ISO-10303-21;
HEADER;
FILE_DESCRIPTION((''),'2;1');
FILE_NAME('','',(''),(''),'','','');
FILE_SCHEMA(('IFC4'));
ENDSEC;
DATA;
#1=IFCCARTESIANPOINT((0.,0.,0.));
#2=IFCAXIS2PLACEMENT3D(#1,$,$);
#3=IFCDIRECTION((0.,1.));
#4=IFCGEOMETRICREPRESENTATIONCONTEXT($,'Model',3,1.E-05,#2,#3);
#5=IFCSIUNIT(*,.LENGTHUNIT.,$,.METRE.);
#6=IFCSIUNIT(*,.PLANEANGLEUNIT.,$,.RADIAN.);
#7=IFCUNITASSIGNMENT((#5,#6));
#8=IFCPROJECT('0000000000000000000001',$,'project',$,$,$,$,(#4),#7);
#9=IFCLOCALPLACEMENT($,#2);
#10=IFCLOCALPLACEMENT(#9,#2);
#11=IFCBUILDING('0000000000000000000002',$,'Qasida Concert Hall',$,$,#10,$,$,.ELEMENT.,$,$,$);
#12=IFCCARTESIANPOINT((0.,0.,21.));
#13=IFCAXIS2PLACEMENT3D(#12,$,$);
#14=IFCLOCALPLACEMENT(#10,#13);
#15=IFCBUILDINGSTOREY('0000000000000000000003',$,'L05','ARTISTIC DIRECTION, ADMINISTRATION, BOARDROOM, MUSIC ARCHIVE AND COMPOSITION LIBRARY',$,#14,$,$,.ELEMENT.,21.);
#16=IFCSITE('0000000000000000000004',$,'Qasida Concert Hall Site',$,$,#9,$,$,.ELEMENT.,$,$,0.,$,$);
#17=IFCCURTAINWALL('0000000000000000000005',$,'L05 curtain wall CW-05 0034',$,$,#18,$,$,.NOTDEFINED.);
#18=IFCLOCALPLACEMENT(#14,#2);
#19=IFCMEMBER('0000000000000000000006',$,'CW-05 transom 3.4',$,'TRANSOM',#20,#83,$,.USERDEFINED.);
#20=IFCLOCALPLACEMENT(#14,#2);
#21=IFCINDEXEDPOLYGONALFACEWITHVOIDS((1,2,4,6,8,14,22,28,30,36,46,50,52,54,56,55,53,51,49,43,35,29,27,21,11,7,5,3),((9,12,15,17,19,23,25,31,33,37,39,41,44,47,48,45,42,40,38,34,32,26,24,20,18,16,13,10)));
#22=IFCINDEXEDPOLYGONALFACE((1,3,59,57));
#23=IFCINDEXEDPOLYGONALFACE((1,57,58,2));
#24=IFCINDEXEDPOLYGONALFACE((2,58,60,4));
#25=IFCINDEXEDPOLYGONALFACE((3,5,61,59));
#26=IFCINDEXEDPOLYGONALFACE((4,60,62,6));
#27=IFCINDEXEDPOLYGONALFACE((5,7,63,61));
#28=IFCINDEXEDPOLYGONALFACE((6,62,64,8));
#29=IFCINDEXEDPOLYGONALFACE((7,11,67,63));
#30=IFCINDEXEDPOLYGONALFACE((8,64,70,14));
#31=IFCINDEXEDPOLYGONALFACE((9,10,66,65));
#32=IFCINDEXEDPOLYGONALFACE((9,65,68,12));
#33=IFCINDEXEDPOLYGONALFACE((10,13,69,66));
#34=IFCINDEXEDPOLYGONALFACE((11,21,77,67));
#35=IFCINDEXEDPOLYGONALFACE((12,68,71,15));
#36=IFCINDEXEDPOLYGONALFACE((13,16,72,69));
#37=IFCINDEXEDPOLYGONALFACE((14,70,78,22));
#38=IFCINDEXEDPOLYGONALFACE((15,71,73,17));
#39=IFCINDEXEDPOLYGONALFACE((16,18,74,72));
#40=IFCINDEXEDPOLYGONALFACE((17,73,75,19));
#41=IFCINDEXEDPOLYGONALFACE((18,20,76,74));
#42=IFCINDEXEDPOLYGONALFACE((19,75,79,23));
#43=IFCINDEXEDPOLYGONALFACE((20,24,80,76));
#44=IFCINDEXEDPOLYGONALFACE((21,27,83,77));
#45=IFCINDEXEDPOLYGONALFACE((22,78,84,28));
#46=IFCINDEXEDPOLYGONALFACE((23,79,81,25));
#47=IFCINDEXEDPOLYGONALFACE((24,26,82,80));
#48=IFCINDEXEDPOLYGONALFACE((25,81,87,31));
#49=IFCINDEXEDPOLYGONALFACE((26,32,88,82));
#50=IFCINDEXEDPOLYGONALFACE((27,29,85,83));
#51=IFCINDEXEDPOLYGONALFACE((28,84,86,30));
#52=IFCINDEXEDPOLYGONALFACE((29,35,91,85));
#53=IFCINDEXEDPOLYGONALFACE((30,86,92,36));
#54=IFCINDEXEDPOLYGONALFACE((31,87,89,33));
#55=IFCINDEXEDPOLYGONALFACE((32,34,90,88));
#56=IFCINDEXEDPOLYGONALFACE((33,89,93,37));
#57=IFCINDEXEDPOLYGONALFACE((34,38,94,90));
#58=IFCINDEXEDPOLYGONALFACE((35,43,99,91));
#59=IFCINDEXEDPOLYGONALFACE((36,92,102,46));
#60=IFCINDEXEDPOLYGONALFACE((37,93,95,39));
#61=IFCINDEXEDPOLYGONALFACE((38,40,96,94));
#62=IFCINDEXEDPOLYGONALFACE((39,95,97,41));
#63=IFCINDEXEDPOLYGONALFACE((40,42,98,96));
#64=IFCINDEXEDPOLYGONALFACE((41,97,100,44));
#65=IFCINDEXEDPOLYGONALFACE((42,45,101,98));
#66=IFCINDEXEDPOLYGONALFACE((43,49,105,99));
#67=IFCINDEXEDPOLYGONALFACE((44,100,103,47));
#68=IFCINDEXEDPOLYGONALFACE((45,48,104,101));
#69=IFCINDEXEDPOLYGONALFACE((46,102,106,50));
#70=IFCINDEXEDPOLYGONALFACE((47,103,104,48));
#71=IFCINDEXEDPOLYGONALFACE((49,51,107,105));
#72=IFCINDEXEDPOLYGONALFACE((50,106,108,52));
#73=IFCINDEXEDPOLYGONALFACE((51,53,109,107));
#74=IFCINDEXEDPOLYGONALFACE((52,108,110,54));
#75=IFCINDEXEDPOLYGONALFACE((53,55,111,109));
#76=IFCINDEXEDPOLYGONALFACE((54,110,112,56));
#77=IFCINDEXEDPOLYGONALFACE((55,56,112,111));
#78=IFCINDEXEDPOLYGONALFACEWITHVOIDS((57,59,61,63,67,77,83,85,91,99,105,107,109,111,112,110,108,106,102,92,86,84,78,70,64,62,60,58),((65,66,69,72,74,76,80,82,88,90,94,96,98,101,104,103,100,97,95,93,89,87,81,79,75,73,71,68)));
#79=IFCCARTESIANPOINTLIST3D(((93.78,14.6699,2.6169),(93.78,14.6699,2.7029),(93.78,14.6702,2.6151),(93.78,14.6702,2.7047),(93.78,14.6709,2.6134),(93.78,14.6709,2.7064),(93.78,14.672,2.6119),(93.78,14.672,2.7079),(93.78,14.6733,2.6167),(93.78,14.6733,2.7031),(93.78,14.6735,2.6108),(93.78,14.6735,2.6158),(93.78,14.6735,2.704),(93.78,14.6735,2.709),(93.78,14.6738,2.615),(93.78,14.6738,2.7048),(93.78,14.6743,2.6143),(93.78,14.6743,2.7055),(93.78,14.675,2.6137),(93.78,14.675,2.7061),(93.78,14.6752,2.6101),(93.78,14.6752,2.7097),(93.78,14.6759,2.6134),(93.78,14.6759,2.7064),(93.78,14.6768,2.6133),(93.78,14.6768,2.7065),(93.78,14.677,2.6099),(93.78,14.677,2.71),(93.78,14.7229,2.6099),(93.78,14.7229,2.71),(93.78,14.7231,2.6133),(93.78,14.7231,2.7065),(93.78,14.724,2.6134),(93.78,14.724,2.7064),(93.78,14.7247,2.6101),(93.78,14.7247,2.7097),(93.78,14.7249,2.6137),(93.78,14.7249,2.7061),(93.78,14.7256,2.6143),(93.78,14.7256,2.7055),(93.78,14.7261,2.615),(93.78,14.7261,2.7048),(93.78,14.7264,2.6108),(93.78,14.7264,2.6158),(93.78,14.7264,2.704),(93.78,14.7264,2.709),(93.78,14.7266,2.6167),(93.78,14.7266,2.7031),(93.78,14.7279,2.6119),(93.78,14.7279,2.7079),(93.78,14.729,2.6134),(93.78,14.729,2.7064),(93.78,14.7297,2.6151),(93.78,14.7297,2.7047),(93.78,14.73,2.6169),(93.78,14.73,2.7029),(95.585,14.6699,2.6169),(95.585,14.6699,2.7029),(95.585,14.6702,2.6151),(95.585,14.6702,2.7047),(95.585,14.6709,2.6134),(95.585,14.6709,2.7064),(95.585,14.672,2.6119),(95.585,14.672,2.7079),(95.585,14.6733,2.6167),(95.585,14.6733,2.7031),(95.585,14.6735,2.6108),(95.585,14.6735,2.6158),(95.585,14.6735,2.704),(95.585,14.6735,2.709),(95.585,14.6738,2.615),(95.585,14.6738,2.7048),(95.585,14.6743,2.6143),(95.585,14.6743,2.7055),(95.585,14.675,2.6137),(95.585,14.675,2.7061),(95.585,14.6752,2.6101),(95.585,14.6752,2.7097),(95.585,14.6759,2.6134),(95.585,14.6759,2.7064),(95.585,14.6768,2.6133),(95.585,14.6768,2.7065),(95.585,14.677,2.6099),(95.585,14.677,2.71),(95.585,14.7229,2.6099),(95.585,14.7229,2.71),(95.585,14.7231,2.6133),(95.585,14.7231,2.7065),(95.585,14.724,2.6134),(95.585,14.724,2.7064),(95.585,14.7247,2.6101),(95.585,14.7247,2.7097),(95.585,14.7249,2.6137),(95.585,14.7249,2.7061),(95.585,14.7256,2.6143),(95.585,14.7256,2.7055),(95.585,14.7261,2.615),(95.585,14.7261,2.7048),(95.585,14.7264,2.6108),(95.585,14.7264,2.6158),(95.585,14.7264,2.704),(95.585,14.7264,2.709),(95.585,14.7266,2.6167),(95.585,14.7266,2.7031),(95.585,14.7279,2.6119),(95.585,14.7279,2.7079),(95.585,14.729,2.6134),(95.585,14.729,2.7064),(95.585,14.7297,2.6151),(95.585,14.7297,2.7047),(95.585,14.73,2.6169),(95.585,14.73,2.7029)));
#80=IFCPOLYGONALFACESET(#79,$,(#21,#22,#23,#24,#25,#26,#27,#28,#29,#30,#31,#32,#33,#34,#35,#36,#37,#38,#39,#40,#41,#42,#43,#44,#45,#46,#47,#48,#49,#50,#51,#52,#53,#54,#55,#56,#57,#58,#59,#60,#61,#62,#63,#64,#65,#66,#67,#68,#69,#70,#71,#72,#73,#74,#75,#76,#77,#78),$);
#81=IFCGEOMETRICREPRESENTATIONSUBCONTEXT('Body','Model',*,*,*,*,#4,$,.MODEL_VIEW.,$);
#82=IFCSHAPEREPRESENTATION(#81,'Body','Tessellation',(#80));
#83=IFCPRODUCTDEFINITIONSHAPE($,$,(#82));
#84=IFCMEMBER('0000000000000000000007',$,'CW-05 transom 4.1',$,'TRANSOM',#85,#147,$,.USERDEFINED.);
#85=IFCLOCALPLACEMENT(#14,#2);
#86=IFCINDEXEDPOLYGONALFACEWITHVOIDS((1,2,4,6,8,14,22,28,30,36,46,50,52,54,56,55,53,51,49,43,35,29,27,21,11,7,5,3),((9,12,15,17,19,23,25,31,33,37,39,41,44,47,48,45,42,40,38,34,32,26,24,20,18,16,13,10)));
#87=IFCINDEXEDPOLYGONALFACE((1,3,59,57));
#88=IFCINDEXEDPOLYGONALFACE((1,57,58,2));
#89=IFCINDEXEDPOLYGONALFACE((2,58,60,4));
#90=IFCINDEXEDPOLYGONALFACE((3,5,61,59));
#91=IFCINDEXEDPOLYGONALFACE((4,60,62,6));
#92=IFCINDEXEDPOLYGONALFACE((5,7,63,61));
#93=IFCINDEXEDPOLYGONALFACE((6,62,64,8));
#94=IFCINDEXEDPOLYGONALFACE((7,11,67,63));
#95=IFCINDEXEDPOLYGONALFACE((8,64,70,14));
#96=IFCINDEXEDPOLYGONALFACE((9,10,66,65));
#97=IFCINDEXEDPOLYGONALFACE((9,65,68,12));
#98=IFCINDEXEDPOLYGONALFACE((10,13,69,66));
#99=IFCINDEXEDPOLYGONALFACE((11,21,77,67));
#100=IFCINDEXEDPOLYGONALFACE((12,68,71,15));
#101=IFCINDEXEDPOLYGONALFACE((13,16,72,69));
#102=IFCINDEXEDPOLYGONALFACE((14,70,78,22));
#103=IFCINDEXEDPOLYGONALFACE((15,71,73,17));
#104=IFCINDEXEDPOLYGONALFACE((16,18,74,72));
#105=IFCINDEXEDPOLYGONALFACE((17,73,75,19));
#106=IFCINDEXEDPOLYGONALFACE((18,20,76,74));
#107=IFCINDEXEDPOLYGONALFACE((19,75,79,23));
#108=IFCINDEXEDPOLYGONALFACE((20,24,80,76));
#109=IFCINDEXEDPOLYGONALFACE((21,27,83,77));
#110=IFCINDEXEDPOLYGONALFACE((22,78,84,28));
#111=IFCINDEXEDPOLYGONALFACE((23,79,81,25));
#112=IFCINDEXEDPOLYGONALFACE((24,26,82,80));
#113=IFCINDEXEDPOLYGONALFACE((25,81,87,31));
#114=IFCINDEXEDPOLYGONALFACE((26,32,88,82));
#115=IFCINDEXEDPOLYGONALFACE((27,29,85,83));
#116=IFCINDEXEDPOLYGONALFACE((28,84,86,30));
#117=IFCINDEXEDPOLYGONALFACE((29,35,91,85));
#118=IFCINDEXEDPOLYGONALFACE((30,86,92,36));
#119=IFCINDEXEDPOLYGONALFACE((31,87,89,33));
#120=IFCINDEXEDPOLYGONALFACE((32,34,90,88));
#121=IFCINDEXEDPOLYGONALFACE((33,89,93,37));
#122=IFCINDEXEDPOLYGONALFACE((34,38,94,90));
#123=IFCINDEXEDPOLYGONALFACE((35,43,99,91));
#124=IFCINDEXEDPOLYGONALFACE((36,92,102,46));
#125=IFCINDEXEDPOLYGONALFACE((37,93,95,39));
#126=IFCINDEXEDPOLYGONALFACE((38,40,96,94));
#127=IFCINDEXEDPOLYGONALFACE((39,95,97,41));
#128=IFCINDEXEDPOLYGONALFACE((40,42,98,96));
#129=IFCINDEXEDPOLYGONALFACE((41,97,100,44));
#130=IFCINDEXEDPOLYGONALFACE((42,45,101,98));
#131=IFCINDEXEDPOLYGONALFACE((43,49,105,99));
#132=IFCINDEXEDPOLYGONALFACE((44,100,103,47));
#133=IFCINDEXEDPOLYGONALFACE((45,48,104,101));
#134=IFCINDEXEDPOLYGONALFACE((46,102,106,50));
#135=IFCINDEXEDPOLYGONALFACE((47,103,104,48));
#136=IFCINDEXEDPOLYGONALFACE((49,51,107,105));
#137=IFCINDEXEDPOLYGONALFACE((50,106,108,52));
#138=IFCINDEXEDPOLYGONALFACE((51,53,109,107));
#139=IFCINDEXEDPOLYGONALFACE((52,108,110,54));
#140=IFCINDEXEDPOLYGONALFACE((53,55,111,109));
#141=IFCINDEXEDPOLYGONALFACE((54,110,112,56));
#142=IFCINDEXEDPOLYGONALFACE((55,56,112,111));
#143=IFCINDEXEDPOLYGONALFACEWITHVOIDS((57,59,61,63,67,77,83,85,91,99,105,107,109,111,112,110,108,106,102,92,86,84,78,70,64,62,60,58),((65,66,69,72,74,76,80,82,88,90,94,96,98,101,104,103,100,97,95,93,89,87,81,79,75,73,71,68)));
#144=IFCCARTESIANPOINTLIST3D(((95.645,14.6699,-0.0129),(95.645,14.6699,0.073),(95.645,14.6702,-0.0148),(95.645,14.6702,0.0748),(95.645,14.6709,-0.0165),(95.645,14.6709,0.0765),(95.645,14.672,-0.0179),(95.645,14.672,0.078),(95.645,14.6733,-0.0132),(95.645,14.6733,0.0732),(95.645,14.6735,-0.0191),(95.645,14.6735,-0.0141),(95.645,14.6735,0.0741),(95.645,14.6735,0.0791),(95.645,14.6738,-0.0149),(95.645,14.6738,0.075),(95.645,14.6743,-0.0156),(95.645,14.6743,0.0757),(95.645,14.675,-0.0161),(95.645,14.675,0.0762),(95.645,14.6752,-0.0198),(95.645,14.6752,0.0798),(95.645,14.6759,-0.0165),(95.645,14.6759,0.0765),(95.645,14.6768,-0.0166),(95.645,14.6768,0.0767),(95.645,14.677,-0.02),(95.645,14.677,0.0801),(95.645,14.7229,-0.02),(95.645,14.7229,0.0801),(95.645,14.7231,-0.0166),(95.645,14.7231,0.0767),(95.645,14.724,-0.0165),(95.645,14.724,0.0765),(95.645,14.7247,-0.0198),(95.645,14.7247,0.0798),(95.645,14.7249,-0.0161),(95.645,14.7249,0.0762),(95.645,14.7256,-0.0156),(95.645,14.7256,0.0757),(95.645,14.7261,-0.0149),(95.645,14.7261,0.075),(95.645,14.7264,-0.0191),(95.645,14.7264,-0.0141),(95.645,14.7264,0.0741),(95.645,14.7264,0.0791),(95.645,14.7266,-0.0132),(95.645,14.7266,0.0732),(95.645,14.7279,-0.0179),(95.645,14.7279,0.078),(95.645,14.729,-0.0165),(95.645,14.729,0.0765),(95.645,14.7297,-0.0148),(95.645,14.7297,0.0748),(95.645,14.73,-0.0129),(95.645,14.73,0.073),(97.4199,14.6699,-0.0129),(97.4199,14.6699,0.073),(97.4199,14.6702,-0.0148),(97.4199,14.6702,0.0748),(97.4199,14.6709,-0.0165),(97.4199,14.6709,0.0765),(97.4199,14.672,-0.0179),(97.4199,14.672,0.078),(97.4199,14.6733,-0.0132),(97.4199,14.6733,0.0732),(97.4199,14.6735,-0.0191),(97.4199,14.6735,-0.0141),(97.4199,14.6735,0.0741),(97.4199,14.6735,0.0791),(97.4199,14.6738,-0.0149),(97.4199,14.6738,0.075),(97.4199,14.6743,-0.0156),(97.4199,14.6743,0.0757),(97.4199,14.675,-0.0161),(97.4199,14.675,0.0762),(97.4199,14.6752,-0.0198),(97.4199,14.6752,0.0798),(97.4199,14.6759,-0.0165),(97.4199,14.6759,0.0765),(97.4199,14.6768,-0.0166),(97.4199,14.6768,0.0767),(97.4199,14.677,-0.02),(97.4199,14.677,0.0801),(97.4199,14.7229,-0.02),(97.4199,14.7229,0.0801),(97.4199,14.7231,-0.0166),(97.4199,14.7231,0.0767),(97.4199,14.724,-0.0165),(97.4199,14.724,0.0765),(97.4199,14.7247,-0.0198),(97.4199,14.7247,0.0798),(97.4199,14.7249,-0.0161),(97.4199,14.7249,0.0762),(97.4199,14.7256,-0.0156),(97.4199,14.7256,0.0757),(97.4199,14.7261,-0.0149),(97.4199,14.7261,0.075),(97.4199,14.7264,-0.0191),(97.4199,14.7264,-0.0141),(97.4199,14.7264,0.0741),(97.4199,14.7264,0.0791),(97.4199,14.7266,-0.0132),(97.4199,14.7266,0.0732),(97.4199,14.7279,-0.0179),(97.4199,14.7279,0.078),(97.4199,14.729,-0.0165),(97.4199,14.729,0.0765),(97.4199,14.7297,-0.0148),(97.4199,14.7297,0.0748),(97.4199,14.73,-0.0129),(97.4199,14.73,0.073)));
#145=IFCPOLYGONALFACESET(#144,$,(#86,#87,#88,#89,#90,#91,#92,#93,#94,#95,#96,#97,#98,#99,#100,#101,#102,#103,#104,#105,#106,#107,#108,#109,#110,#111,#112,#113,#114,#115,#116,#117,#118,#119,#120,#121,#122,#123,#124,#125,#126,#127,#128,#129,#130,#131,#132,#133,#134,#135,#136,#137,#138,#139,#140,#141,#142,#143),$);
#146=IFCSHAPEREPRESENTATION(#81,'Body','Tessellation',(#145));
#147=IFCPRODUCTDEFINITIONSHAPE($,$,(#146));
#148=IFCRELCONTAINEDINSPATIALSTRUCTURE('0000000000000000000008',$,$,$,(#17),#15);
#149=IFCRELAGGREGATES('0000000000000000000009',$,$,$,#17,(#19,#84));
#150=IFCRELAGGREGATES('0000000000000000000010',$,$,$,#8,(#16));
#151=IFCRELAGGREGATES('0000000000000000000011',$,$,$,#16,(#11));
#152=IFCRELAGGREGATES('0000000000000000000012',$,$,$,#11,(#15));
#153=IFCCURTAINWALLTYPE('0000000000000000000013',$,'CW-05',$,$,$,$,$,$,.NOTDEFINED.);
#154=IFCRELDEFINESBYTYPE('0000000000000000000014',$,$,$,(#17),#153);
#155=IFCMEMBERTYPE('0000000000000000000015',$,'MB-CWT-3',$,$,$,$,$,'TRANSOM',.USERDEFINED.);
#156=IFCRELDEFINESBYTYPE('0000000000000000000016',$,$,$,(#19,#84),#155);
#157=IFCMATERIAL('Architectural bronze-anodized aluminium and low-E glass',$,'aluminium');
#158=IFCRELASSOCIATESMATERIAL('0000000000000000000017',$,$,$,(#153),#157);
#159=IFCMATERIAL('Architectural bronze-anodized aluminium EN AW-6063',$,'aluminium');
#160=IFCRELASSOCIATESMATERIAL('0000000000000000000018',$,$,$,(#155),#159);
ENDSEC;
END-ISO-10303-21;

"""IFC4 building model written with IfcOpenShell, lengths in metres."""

from ifc_helpers import new_model, si_unit, direction, frame, origin, origin_2d, place, context, subcontext, project, spatial, hollow_rectangle, extrude, material, material_profile, profile_set, type_object, element, aggregate, save


model = new_model("IFC4")

# Units and contexts
model_context = context("Model", 3, precision=1e-05, world=origin(), true_north=direction((0.0, 1.0)))
body_context = subcontext(model_context, "Body", "Model", "MODEL_VIEW")
ifc_project = project(units=[si_unit("LENGTHUNIT", "METRE"), si_unit("PLANEANGLEUNIT", "RADIAN")], contexts=[model_context])

# Site, building, storey
site_placement = place(None, origin())
site = spatial("IfcSite", under=ifc_project, at=site_placement, Name="Qasida Concert Hall Site", CompositionType="ELEMENT", RefElevation=0.0)
building_placement = place(site_placement, origin())
building = spatial("IfcBuilding", under=site, at=building_placement, Name="Qasida Concert Hall", CompositionType="ELEMENT")
storey_placement = place(building_placement, frame((0.0, 0.0, 21.0)))
storey = spatial("IfcBuildingStorey", under=building, at=storey_placement, Name="L05", Description="ARTISTIC DIRECTION, ADMINISTRATION, BOARDROOM, MUSIC ARCHIVE AND COMPOSITION LIBRARY", CompositionType="ELEMENT", Elevation=21.0)

# Curtain wall
ifc_material_1 = material(Name="Architectural bronze-anodized aluminium and low-E glass", Category="aluminium")
curtain_wall_type = type_object("IfcCurtainWallType", Name="CW-05", PredefinedType="NOTDEFINED", material=ifc_material_1)
curtain_wall_1_placement = place(storey_placement, origin())
curtain_wall_1 = element("IfcCurtainWall", 1, at=curtain_wall_1_placement, inside=storey, type_object=curtain_wall_type, Name="L05 curtain wall CW-05 0034", PredefinedType="NOTDEFINED")
ifc_material_2 = material(Name="Architectural bronze-anodized aluminium EN AW-6063", Category="aluminium")

# Members
ifc_material_profile_1 = material_profile(ifc_material_2, hollow_rectangle(XDim=0.0601, YDim=0.1001, WallThickness=0.0034, InnerFilletRadius=0.0034, OuterFilletRadius=0.0071, at=origin_2d()), Name="CWT 100x60x3.5")
ifc_profile_set_1 = profile_set([ifc_material_profile_1], Name="Architectural bronze-anodized aluminium EN AW-6063")
member_type_1 = type_object("IfcMemberType", Name="MB-CWT-3", ElementType="TRANSOM", PredefinedType="USERDEFINED", material=ifc_profile_set_1)
member_1_placement = place(storey_placement, frame((93.78, 14.7, 2.6599), z_axis=(1.0, 0.0, 0.0), x_axis=(0.0, 1.0, 0.0)))
member_1 = element("IfcMember", 2, at=member_1_placement, type_object=member_type_1, Name="CW-05 transom 3.4", ObjectType="TRANSOM", PredefinedType="USERDEFINED", context=body_context, shape_type="SweptSolid", body=[
    extrude(hollow_rectangle(XDim=0.0601, YDim=0.1001, WallThickness=0.0034, InnerFilletRadius=0.0034, OuterFilletRadius=0.0071, at=origin_2d()), origin(), (0.0, 0.0, 1.0), 1.8049),
])
member_2_placement = place(storey_placement, frame((95.645, 14.7, 0.03), z_axis=(1.0, 0.0, 0.0), x_axis=(0.0, 1.0, 0.0)))
member_2 = element("IfcMember", 3, at=member_2_placement, type_object=member_type_1, Name="CW-05 transom 4.1", ObjectType="TRANSOM", PredefinedType="USERDEFINED", context=body_context, shape_type="SweptSolid", body=[
    extrude(hollow_rectangle(XDim=0.0601, YDim=0.1001, WallThickness=0.0034, InnerFilletRadius=0.0034, OuterFilletRadius=0.0071, at=origin_2d()), origin(), (0.0, 0.0, 1.0), 1.7749),
])

aggregate(curtain_wall_1, [member_1, member_2])

save(model, "model.ifc")
